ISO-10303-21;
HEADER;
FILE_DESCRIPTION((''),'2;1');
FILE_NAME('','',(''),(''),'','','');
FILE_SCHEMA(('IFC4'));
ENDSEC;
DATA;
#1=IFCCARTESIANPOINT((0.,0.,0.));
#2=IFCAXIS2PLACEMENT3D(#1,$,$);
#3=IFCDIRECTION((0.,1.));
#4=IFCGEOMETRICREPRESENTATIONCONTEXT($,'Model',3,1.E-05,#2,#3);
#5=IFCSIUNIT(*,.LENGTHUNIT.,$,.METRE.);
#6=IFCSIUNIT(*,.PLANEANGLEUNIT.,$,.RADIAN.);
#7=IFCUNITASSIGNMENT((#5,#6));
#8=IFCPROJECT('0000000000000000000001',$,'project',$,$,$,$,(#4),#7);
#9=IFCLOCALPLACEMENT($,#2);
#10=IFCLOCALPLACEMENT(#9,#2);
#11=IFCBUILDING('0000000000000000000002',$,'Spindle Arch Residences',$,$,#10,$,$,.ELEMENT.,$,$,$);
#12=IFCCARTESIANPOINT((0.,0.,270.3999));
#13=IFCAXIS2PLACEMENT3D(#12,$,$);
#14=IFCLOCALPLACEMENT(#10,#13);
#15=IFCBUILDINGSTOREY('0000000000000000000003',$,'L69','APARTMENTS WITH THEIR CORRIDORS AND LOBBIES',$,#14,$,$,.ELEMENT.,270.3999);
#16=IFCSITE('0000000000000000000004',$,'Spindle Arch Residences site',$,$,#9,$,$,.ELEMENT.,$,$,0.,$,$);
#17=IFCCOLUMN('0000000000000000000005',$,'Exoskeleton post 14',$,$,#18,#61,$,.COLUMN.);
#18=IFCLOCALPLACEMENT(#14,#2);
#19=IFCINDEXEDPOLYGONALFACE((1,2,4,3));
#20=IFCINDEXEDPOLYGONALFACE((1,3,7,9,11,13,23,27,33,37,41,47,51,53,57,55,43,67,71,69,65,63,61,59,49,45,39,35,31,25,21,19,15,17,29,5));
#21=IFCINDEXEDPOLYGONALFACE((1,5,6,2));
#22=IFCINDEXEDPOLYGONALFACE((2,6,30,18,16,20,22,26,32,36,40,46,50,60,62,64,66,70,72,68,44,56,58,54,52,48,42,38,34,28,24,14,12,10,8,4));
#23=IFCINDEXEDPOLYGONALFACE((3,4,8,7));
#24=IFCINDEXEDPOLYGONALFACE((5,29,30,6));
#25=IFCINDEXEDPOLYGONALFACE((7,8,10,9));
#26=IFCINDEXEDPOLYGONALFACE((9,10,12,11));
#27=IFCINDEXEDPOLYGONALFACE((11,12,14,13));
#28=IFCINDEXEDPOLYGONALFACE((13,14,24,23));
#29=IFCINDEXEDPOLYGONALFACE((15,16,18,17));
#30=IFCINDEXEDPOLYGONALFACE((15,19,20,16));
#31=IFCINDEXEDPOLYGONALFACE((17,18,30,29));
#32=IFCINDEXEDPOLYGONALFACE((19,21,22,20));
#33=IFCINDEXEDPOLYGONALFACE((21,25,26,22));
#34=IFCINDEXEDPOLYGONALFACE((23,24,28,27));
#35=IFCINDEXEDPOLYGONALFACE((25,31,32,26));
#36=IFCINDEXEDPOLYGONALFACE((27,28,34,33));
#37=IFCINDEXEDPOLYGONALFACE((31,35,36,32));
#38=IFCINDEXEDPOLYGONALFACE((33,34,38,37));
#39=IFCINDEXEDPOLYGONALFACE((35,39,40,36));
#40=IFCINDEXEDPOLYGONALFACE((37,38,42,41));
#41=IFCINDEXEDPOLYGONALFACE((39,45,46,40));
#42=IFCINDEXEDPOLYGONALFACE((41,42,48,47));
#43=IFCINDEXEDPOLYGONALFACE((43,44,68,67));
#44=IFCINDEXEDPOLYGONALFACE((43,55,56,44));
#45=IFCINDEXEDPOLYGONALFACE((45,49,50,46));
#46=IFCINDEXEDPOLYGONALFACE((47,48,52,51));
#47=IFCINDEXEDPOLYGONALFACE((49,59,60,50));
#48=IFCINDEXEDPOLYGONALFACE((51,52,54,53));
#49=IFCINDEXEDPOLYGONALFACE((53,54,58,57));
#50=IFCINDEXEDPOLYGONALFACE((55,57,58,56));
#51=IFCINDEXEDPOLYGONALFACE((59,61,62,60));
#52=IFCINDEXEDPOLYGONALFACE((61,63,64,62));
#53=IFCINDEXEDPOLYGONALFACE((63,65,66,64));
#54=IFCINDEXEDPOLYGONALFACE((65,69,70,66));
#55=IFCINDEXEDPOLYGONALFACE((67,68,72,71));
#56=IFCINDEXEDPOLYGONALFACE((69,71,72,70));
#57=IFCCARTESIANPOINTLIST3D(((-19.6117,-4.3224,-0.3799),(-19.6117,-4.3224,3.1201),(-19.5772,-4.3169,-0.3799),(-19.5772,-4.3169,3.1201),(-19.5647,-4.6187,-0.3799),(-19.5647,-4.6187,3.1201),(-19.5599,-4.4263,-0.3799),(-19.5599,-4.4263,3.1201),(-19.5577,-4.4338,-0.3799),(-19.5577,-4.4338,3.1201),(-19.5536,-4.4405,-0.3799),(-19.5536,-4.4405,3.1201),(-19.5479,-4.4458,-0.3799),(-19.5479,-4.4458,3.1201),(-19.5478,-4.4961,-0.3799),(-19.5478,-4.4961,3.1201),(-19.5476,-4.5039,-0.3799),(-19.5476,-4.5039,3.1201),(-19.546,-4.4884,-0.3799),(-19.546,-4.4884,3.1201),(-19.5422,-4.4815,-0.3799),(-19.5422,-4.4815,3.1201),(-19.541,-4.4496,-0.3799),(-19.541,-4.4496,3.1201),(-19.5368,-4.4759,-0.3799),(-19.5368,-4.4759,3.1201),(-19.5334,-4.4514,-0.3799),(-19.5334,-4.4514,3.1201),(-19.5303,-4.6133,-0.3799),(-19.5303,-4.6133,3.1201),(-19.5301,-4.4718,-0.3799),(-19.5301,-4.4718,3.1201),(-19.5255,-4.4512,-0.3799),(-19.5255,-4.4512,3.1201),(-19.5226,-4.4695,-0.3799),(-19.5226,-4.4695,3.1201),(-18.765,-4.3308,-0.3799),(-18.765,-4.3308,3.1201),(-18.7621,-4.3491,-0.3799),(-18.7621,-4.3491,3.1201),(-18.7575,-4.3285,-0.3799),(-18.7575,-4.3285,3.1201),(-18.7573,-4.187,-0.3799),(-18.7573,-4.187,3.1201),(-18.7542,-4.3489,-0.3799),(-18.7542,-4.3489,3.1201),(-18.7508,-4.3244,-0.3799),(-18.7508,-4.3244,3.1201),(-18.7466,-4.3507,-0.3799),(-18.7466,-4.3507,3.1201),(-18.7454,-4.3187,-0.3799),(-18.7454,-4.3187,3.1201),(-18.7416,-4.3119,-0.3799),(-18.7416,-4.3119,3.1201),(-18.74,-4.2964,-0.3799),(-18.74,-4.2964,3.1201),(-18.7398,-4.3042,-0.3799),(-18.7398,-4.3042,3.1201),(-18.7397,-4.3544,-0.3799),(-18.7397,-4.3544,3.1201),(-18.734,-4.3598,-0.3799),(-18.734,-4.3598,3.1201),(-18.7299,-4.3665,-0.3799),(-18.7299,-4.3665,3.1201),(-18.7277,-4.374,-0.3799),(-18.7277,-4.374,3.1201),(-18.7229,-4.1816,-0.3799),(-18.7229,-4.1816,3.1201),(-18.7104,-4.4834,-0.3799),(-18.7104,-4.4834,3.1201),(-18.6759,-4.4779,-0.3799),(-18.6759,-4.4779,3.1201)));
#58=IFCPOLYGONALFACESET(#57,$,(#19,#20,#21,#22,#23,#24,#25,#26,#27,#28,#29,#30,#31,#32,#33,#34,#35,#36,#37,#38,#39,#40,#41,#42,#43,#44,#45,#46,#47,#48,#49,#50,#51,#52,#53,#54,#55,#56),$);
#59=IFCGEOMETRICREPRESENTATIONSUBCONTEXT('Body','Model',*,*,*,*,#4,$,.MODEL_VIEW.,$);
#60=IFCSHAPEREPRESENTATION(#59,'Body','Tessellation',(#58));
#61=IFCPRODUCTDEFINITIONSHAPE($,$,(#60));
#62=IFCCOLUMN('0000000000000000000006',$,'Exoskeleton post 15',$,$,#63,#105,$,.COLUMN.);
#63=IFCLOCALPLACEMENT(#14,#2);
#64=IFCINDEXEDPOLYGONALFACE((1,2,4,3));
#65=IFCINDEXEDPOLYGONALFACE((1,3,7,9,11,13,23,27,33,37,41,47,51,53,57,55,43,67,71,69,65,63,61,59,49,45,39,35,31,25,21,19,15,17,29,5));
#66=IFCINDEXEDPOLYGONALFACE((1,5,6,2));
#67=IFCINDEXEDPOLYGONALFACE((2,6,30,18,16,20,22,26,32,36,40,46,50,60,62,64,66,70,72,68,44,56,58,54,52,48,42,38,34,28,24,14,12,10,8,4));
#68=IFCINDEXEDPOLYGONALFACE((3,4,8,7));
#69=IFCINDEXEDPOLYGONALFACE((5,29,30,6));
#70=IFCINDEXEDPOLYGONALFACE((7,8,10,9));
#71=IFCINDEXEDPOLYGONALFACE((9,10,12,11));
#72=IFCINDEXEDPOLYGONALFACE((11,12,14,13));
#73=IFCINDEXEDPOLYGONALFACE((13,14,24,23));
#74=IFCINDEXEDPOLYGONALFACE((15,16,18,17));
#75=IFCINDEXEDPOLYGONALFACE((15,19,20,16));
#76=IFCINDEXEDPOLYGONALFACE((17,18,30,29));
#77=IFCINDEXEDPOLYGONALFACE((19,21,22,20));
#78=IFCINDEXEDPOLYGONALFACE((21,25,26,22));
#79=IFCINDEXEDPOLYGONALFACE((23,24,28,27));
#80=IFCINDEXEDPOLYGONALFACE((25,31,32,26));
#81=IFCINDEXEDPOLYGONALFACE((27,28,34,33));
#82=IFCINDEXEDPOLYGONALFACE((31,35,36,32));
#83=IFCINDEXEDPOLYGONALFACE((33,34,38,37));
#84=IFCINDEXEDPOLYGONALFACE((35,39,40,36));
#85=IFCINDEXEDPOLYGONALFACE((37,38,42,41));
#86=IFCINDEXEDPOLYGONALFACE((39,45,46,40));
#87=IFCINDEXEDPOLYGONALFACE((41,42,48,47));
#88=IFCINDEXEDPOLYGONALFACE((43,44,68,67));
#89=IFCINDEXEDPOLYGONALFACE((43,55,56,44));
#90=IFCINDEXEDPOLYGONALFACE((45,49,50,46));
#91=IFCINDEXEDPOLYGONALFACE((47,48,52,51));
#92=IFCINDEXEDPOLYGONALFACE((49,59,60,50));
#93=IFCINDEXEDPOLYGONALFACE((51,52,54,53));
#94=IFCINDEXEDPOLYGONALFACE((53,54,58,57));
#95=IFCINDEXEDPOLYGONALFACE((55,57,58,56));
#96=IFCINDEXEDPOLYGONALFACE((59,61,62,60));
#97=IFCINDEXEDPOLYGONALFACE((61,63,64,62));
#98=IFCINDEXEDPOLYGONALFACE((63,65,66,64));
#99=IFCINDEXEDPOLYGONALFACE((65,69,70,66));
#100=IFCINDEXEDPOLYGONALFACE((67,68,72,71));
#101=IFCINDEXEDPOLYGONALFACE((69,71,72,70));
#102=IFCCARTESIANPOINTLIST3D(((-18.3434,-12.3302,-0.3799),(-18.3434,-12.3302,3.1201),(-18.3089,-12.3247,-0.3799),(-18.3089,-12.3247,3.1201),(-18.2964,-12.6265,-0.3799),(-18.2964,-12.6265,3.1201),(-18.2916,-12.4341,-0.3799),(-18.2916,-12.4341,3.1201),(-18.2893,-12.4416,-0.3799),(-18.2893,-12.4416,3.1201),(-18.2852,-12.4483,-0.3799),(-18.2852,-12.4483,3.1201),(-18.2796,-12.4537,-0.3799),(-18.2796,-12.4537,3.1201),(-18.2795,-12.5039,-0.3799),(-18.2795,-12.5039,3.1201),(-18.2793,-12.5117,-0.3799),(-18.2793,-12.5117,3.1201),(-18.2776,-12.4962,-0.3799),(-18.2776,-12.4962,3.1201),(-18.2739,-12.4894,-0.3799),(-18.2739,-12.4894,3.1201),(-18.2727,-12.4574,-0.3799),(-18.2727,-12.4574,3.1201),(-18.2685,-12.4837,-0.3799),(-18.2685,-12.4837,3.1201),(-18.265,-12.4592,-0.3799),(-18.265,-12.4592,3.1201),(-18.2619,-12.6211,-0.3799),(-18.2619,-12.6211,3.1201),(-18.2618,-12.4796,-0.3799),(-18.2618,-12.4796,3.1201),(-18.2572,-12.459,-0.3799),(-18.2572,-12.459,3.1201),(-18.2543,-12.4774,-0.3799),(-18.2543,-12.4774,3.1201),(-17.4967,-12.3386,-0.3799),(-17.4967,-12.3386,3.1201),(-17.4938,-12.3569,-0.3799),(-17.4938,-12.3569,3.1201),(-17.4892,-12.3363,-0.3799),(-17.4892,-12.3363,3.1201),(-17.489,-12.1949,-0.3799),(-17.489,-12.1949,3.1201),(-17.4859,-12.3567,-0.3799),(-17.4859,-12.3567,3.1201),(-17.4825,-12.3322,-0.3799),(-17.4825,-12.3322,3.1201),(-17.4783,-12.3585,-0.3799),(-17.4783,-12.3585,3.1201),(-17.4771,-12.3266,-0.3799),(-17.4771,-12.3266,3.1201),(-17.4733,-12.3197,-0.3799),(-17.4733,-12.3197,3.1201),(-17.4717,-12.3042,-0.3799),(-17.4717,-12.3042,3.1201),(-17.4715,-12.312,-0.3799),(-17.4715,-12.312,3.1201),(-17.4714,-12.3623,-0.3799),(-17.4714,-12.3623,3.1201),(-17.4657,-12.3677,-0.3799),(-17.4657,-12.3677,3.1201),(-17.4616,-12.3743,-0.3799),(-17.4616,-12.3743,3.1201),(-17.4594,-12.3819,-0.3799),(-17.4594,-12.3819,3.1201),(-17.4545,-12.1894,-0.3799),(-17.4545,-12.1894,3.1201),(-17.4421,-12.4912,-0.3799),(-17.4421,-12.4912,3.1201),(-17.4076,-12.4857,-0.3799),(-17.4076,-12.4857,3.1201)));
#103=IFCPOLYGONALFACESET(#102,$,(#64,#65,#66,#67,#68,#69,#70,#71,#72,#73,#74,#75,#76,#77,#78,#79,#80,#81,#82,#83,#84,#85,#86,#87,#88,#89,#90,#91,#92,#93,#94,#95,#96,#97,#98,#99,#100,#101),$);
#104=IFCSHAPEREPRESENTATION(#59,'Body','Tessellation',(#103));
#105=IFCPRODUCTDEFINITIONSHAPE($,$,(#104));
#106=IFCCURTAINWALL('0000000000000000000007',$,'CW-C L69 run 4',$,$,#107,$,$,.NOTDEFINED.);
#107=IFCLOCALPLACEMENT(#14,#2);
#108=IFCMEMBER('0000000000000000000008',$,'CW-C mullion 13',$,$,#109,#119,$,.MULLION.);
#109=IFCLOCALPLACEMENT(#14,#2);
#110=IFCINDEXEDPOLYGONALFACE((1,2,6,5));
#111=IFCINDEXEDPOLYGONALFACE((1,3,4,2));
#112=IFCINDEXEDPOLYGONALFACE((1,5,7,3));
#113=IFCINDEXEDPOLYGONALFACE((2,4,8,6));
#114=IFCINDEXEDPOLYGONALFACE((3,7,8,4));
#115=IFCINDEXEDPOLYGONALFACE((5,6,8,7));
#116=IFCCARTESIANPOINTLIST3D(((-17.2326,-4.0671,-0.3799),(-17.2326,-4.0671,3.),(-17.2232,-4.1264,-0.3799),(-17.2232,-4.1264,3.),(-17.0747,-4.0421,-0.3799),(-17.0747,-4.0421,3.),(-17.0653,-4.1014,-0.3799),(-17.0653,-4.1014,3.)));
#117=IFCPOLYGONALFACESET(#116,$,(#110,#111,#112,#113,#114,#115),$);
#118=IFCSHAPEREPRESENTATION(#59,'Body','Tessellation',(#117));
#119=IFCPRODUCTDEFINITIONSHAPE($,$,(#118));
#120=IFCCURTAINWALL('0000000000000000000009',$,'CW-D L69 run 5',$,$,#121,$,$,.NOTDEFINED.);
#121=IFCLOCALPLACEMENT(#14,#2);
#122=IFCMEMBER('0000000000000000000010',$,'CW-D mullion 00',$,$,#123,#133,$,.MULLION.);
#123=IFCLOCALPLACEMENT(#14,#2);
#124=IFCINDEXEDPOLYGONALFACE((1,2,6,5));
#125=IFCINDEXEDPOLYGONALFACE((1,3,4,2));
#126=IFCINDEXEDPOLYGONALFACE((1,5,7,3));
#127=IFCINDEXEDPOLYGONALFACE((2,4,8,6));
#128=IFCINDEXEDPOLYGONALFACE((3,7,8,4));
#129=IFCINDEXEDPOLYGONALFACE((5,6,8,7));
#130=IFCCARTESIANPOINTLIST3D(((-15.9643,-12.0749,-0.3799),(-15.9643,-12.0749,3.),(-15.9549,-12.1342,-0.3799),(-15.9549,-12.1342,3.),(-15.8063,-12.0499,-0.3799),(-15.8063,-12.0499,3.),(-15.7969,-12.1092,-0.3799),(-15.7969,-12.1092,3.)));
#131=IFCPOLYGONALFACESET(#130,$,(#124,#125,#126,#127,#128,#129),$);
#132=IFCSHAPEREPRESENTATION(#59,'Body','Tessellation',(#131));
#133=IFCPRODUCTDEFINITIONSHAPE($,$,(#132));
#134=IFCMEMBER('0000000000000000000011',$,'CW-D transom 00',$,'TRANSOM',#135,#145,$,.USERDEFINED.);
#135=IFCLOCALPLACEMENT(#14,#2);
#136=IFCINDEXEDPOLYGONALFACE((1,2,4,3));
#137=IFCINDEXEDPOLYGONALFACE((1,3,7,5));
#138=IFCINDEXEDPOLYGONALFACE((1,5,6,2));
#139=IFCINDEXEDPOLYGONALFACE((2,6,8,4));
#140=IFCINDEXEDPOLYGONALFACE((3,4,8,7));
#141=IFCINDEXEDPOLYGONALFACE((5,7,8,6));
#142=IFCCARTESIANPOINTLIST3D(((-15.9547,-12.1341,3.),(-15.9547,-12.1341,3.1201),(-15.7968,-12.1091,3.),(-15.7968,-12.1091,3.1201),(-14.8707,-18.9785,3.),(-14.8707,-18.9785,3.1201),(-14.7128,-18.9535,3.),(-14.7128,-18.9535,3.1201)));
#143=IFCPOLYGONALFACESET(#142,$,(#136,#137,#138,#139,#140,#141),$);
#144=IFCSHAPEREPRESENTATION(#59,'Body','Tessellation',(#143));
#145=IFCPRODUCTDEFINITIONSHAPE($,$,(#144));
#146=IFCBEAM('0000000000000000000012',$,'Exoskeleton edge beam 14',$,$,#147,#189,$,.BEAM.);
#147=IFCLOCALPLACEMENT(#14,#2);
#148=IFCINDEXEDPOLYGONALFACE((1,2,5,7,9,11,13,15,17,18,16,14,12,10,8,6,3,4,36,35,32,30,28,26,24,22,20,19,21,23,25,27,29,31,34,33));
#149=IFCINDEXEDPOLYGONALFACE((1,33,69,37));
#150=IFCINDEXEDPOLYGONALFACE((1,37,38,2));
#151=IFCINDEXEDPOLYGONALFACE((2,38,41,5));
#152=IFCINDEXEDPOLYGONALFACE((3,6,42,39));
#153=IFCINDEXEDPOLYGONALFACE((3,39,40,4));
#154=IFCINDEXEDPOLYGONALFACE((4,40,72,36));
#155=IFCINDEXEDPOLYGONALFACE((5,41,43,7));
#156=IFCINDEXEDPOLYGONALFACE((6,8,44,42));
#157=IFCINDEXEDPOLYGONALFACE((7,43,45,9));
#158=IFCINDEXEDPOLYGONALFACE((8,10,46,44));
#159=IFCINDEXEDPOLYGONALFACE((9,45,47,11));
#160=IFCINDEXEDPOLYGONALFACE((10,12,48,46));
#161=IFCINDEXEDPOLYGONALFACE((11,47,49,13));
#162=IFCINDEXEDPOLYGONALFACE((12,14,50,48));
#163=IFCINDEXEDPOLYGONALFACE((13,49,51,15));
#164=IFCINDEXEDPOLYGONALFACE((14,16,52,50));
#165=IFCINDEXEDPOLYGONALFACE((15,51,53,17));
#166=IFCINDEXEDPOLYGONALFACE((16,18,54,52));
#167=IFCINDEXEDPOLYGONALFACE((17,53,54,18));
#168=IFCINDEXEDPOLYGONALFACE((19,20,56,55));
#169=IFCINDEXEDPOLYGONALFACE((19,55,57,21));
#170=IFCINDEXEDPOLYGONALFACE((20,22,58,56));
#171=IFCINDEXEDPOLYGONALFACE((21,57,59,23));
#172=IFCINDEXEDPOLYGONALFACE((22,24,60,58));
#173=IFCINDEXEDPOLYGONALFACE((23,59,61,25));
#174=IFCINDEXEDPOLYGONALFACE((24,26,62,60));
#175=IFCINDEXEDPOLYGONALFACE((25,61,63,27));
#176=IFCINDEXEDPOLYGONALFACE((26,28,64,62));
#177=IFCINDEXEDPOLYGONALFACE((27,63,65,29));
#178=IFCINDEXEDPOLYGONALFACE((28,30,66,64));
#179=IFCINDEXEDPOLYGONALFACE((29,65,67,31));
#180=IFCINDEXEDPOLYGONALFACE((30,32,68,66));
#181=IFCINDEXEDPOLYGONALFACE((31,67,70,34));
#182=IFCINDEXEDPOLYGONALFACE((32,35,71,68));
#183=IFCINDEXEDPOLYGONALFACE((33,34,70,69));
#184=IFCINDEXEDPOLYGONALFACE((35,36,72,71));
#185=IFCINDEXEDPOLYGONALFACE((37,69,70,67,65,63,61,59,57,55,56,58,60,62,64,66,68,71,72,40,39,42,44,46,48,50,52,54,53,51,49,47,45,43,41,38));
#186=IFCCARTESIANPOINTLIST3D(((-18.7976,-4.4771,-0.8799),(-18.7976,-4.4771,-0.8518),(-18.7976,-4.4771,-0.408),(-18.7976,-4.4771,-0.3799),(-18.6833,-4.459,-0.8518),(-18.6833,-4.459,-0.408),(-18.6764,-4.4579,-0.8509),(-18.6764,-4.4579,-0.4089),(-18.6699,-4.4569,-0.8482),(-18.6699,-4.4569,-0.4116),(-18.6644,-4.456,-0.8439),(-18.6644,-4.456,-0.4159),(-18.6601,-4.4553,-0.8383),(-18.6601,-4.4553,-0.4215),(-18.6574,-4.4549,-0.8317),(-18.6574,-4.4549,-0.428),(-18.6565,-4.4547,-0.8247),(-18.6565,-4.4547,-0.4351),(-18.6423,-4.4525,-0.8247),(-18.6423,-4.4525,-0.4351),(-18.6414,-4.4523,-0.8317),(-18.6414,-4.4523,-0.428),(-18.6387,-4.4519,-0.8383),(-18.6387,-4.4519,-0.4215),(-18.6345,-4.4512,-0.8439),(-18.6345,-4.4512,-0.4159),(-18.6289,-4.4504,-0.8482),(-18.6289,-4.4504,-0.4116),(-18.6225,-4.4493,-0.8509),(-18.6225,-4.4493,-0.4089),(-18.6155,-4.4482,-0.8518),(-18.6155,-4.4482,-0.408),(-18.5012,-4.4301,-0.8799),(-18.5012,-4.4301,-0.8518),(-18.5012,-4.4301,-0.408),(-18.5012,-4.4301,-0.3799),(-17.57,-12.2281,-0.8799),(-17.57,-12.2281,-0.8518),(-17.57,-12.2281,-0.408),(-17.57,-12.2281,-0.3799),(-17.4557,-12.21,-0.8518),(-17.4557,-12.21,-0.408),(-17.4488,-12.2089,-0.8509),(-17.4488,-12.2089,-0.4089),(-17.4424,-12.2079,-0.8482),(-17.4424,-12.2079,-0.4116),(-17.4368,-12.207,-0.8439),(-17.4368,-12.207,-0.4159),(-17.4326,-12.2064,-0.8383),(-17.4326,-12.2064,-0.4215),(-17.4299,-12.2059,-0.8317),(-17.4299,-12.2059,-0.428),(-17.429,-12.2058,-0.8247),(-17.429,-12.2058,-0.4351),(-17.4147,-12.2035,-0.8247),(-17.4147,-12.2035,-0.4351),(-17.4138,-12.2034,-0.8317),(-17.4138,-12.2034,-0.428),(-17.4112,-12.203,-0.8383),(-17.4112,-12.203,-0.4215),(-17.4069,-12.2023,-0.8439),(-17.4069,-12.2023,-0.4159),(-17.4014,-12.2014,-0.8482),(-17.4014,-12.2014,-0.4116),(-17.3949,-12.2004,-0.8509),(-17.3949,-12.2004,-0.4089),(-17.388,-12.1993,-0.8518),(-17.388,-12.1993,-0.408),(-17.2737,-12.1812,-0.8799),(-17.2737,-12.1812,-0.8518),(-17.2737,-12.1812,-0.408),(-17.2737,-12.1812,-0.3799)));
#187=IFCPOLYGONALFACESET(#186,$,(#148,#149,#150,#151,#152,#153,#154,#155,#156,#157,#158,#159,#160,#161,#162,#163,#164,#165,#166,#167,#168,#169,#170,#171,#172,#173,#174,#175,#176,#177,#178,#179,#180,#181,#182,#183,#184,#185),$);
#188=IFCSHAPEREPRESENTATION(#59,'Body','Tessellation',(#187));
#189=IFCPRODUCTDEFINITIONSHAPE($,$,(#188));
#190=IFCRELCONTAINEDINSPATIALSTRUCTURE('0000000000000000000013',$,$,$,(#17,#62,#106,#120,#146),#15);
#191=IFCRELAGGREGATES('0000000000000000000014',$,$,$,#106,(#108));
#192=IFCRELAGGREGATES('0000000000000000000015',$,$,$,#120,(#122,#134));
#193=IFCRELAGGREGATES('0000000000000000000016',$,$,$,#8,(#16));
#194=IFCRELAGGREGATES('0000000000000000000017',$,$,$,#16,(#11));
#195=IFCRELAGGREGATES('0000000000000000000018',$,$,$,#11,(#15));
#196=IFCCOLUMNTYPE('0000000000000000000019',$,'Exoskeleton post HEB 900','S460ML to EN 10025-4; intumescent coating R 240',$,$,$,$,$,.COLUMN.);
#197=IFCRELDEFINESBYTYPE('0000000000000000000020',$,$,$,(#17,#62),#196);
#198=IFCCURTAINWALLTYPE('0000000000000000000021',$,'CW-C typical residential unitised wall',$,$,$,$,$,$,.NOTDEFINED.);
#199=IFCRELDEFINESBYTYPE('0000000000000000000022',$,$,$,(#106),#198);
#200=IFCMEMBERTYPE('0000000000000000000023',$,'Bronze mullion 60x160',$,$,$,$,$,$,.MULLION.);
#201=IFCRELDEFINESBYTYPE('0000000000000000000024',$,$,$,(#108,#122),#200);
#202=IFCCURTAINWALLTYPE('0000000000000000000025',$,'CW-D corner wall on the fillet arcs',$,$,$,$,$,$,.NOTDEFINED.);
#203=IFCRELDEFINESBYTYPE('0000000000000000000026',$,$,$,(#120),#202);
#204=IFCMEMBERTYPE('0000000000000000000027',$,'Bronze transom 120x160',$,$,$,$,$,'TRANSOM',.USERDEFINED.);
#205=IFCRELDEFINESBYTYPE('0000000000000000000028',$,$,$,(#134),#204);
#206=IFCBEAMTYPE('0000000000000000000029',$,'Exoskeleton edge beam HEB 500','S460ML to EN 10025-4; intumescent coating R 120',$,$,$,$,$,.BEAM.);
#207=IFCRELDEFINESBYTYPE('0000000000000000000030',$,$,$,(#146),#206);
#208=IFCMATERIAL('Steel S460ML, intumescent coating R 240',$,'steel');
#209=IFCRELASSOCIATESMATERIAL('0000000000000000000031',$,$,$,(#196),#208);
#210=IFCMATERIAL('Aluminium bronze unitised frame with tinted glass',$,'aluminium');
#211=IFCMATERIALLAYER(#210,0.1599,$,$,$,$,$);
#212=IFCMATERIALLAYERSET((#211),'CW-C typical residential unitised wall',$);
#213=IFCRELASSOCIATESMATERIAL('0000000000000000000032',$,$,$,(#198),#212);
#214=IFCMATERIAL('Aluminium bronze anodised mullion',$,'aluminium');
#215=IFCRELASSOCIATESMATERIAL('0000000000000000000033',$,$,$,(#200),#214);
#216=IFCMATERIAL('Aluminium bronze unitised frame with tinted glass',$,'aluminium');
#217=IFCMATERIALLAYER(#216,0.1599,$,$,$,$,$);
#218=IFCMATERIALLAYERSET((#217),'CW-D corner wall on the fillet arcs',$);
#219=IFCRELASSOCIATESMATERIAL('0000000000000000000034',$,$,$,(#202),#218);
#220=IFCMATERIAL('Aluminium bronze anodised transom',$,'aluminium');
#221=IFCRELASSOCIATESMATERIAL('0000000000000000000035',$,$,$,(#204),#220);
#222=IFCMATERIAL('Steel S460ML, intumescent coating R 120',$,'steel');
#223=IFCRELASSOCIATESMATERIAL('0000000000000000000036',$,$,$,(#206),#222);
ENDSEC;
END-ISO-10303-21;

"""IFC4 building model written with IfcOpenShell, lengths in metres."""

from ifc_helpers import new_model, si_unit, direction, frame, origin, origin_2d, place, context, subcontext, project, spatial, rectangle, i_section, extrude, material, layer, layer_set, material_profile, profile_set, type_object, element, aggregate, save


model = new_model("IFC4")

# Units and contexts
model_context = context("Model", 3, precision=1e-05, world=origin(), true_north=direction((0.0, 1.0)))
body_context = subcontext(model_context, "Body", "Model", "MODEL_VIEW")
ifc_project = project(units=[si_unit("LENGTHUNIT", "METRE"), si_unit("PLANEANGLEUNIT", "RADIAN")], contexts=[model_context])

# Site, building, storey
site_placement = place(None, origin())
site = spatial("IfcSite", under=ifc_project, at=site_placement, Name="Spindle Arch Residences site", CompositionType="ELEMENT", RefElevation=0.0)
building_placement = place(site_placement, origin())
building = spatial("IfcBuilding", under=site, at=building_placement, Name="Spindle Arch Residences", CompositionType="ELEMENT")
storey_placement = place(building_placement, frame((0.0, 0.0, 270.3999)))
storey = spatial("IfcBuildingStorey", under=building, at=storey_placement, Name="L69", Description="APARTMENTS WITH THEIR CORRIDORS AND LOBBIES", CompositionType="ELEMENT", Elevation=270.3999)

# Columns
ifc_material_1 = material(Name="Steel S460ML, intumescent coating R 240", Category="steel")
ifc_material_profile_1 = material_profile(ifc_material_1, i_section(OverallWidth=0.3, OverallDepth=0.8999, WebThickness=0.0186, FlangeThickness=0.0349, FilletRadius=0.03, at=origin_2d()), Name="HEB 900")
ifc_profile_set_1 = profile_set([ifc_material_profile_1], Name="Steel S460ML, intumescent coating R 240")
column_type = type_object("IfcColumnType", Name="Exoskeleton post HEB 900", Description="S460ML to EN 10025-4; intumescent coating R 240", PredefinedType="COLUMN", material=ifc_profile_set_1)
for number, where, z_axis, x_axis, name in (
    (1, (-19.1438, -4.4001, -0.3799), (0.0, 0.0, 1.0), (-0.156434, 0.987688, 0.0), "Exoskeleton post 14"),
    (2, (-17.8755, -12.408, -0.3799), (0.0, 0.0, 1.0), (-0.156434, 0.987688, 0.0), "Exoskeleton post 15"),
):
    element("IfcColumn", number, at=place(storey_placement, frame(where, z_axis=z_axis, x_axis=x_axis)), inside=storey, type_object=column_type, Name=name, PredefinedType="COLUMN", context=body_context, shape_type="SweptSolid", body=[
        extrude(i_section(OverallWidth=0.3, OverallDepth=0.8999, WebThickness=0.0186, FlangeThickness=0.0349, FilletRadius=0.03, at=origin_2d()), origin(), (0.0, 0.0, 1.0), 3.5),
    ])

# Curtain wall, member
ifc_material_2 = material(Name="Aluminium bronze unitised frame with tinted glass", Category="aluminium")
ifc_layer_1 = layer(ifc_material_2, 0.1599)
ifc_layer_set_1 = layer_set([ifc_layer_1], Name="CW-C typical residential unitised wall")
curtain_wall_type_1 = type_object("IfcCurtainWallType", Name="CW-C typical residential unitised wall", PredefinedType="NOTDEFINED", material=ifc_layer_set_1)
curtain_wall_1_placement = place(storey_placement, origin())
curtain_wall_1 = element("IfcCurtainWall", 3, at=curtain_wall_1_placement, inside=storey, type_object=curtain_wall_type_1, Name="CW-C L69 run 4", PredefinedType="NOTDEFINED")
ifc_material_3 = material(Name="Aluminium bronze anodised mullion", Category="aluminium")
ifc_material_profile_2 = material_profile(ifc_material_3, rectangle(XDim=0.1599, YDim=0.0601, at=origin_2d()), Name="MU 60x160")
ifc_profile_set_2 = profile_set([ifc_material_profile_2], Name="Aluminium bronze anodised mullion")
member_type_1 = type_object("IfcMemberType", Name="Bronze mullion 60x160", PredefinedType="MULLION", material=ifc_profile_set_2)
member_1_placement = place(storey_placement, frame((-17.1489, -4.0842, -0.3799), z_axis=(0.0, 0.0, 1.0), x_axis=(0.987688, 0.156434, 0.0)))
member_1 = element("IfcMember", 4, at=member_1_placement, type_object=member_type_1, Name="CW-C mullion 13", PredefinedType="MULLION", context=body_context, shape_type="SweptSolid", body=[
    extrude(rectangle(XDim=0.1599, YDim=0.0601, at=origin_2d()), origin(), (0.0, 0.0, 1.0), 3.3799),
])

# Curtain wall, members
ifc_material_4 = material(Name="Aluminium bronze unitised frame with tinted glass", Category="aluminium")
ifc_layer_2 = layer(ifc_material_4, 0.1599)
ifc_layer_set_2 = layer_set([ifc_layer_2], Name="CW-D corner wall on the fillet arcs")
curtain_wall_type_2 = type_object("IfcCurtainWallType", Name="CW-D corner wall on the fillet arcs", PredefinedType="NOTDEFINED", material=ifc_layer_set_2)
curtain_wall_2_placement = place(storey_placement, origin())
curtain_wall_2 = element("IfcCurtainWall", 5, at=curtain_wall_2_placement, inside=storey, type_object=curtain_wall_type_2, Name="CW-D L69 run 5", PredefinedType="NOTDEFINED")
member_2_placement = place(storey_placement, frame((-15.8806, -12.092, -0.3799), z_axis=(0.0, 0.0, 1.0), x_axis=(0.987688, 0.156434, 0.0)))
member_2 = element("IfcMember", 6, at=member_2_placement, type_object=member_type_1, Name="CW-D mullion 00", PredefinedType="MULLION", context=body_context, shape_type="SweptSolid", body=[
    extrude(rectangle(XDim=0.1599, YDim=0.0601, at=origin_2d()), origin(), (0.0, 0.0, 1.0), 3.3799),
])
ifc_material_5 = material(Name="Aluminium bronze anodised transom", Category="aluminium")
ifc_material_profile_3 = material_profile(ifc_material_5, rectangle(XDim=0.1599, YDim=0.1201, at=origin_2d()), Name="TR 120x160")
ifc_profile_set_3 = profile_set([ifc_material_profile_3], Name="Aluminium bronze anodised transom")
member_type_2 = type_object("IfcMemberType", Name="Bronze transom 120x160", ElementType="TRANSOM", PredefinedType="USERDEFINED", material=ifc_profile_set_3)
member_3_placement = place(storey_placement, frame((-15.8757, -12.1216, 3.0601), z_axis=(0.156424, -0.98769, 0.0), x_axis=(0.98769, 0.156424, 0.0)))
member_3 = element("IfcMember", 7, at=member_3_placement, type_object=member_type_2, Name="CW-D transom 00", ObjectType="TRANSOM", PredefinedType="USERDEFINED", context=body_context, shape_type="SweptSolid", body=[
    extrude(rectangle(XDim=0.1599, YDim=0.1201, at=origin_2d()), origin(), (0.0, 0.0, 1.0), 6.9297),
])

# Beam
ifc_material_6 = material(Name="Steel S460ML, intumescent coating R 120", Category="steel")
ifc_material_profile_4 = material_profile(ifc_material_6, i_section(OverallWidth=0.3, OverallDepth=0.5, WebThickness=0.0144, FlangeThickness=0.0281, FilletRadius=0.0271, at=origin_2d()), Name="HEB 500")
ifc_profile_set_4 = profile_set([ifc_material_profile_4], Name="Steel S460ML, intumescent coating R 120")
beam_type_1 = type_object("IfcBeamType", Name="Exoskeleton edge beam HEB 500", Description="S460ML to EN 10025-4; intumescent coating R 120", PredefinedType="BEAM", material=ifc_profile_set_4)
beam_1_placement = place(storey_placement, frame((-18.6494, -4.4536, -0.6299), z_axis=(0.156423, -0.98769, 0.0), x_axis=(0.98769, 0.156423, 0.0)))
element("IfcBeam", 8, at=beam_1_placement, inside=storey, type_object=beam_type_1, Name="Exoskeleton edge beam 14", PredefinedType="BEAM", context=body_context, shape_type="SweptSolid", body=[
    extrude(i_section(OverallWidth=0.3, OverallDepth=0.5, WebThickness=0.0144, FlangeThickness=0.0281, FilletRadius=0.0271, at=origin_2d()), origin(), (0.0, 0.0, 1.0), 7.8477),
])

aggregate(curtain_wall_1, [member_1])
aggregate(curtain_wall_2, [member_2, member_3])

save(model, "model.ifc")
